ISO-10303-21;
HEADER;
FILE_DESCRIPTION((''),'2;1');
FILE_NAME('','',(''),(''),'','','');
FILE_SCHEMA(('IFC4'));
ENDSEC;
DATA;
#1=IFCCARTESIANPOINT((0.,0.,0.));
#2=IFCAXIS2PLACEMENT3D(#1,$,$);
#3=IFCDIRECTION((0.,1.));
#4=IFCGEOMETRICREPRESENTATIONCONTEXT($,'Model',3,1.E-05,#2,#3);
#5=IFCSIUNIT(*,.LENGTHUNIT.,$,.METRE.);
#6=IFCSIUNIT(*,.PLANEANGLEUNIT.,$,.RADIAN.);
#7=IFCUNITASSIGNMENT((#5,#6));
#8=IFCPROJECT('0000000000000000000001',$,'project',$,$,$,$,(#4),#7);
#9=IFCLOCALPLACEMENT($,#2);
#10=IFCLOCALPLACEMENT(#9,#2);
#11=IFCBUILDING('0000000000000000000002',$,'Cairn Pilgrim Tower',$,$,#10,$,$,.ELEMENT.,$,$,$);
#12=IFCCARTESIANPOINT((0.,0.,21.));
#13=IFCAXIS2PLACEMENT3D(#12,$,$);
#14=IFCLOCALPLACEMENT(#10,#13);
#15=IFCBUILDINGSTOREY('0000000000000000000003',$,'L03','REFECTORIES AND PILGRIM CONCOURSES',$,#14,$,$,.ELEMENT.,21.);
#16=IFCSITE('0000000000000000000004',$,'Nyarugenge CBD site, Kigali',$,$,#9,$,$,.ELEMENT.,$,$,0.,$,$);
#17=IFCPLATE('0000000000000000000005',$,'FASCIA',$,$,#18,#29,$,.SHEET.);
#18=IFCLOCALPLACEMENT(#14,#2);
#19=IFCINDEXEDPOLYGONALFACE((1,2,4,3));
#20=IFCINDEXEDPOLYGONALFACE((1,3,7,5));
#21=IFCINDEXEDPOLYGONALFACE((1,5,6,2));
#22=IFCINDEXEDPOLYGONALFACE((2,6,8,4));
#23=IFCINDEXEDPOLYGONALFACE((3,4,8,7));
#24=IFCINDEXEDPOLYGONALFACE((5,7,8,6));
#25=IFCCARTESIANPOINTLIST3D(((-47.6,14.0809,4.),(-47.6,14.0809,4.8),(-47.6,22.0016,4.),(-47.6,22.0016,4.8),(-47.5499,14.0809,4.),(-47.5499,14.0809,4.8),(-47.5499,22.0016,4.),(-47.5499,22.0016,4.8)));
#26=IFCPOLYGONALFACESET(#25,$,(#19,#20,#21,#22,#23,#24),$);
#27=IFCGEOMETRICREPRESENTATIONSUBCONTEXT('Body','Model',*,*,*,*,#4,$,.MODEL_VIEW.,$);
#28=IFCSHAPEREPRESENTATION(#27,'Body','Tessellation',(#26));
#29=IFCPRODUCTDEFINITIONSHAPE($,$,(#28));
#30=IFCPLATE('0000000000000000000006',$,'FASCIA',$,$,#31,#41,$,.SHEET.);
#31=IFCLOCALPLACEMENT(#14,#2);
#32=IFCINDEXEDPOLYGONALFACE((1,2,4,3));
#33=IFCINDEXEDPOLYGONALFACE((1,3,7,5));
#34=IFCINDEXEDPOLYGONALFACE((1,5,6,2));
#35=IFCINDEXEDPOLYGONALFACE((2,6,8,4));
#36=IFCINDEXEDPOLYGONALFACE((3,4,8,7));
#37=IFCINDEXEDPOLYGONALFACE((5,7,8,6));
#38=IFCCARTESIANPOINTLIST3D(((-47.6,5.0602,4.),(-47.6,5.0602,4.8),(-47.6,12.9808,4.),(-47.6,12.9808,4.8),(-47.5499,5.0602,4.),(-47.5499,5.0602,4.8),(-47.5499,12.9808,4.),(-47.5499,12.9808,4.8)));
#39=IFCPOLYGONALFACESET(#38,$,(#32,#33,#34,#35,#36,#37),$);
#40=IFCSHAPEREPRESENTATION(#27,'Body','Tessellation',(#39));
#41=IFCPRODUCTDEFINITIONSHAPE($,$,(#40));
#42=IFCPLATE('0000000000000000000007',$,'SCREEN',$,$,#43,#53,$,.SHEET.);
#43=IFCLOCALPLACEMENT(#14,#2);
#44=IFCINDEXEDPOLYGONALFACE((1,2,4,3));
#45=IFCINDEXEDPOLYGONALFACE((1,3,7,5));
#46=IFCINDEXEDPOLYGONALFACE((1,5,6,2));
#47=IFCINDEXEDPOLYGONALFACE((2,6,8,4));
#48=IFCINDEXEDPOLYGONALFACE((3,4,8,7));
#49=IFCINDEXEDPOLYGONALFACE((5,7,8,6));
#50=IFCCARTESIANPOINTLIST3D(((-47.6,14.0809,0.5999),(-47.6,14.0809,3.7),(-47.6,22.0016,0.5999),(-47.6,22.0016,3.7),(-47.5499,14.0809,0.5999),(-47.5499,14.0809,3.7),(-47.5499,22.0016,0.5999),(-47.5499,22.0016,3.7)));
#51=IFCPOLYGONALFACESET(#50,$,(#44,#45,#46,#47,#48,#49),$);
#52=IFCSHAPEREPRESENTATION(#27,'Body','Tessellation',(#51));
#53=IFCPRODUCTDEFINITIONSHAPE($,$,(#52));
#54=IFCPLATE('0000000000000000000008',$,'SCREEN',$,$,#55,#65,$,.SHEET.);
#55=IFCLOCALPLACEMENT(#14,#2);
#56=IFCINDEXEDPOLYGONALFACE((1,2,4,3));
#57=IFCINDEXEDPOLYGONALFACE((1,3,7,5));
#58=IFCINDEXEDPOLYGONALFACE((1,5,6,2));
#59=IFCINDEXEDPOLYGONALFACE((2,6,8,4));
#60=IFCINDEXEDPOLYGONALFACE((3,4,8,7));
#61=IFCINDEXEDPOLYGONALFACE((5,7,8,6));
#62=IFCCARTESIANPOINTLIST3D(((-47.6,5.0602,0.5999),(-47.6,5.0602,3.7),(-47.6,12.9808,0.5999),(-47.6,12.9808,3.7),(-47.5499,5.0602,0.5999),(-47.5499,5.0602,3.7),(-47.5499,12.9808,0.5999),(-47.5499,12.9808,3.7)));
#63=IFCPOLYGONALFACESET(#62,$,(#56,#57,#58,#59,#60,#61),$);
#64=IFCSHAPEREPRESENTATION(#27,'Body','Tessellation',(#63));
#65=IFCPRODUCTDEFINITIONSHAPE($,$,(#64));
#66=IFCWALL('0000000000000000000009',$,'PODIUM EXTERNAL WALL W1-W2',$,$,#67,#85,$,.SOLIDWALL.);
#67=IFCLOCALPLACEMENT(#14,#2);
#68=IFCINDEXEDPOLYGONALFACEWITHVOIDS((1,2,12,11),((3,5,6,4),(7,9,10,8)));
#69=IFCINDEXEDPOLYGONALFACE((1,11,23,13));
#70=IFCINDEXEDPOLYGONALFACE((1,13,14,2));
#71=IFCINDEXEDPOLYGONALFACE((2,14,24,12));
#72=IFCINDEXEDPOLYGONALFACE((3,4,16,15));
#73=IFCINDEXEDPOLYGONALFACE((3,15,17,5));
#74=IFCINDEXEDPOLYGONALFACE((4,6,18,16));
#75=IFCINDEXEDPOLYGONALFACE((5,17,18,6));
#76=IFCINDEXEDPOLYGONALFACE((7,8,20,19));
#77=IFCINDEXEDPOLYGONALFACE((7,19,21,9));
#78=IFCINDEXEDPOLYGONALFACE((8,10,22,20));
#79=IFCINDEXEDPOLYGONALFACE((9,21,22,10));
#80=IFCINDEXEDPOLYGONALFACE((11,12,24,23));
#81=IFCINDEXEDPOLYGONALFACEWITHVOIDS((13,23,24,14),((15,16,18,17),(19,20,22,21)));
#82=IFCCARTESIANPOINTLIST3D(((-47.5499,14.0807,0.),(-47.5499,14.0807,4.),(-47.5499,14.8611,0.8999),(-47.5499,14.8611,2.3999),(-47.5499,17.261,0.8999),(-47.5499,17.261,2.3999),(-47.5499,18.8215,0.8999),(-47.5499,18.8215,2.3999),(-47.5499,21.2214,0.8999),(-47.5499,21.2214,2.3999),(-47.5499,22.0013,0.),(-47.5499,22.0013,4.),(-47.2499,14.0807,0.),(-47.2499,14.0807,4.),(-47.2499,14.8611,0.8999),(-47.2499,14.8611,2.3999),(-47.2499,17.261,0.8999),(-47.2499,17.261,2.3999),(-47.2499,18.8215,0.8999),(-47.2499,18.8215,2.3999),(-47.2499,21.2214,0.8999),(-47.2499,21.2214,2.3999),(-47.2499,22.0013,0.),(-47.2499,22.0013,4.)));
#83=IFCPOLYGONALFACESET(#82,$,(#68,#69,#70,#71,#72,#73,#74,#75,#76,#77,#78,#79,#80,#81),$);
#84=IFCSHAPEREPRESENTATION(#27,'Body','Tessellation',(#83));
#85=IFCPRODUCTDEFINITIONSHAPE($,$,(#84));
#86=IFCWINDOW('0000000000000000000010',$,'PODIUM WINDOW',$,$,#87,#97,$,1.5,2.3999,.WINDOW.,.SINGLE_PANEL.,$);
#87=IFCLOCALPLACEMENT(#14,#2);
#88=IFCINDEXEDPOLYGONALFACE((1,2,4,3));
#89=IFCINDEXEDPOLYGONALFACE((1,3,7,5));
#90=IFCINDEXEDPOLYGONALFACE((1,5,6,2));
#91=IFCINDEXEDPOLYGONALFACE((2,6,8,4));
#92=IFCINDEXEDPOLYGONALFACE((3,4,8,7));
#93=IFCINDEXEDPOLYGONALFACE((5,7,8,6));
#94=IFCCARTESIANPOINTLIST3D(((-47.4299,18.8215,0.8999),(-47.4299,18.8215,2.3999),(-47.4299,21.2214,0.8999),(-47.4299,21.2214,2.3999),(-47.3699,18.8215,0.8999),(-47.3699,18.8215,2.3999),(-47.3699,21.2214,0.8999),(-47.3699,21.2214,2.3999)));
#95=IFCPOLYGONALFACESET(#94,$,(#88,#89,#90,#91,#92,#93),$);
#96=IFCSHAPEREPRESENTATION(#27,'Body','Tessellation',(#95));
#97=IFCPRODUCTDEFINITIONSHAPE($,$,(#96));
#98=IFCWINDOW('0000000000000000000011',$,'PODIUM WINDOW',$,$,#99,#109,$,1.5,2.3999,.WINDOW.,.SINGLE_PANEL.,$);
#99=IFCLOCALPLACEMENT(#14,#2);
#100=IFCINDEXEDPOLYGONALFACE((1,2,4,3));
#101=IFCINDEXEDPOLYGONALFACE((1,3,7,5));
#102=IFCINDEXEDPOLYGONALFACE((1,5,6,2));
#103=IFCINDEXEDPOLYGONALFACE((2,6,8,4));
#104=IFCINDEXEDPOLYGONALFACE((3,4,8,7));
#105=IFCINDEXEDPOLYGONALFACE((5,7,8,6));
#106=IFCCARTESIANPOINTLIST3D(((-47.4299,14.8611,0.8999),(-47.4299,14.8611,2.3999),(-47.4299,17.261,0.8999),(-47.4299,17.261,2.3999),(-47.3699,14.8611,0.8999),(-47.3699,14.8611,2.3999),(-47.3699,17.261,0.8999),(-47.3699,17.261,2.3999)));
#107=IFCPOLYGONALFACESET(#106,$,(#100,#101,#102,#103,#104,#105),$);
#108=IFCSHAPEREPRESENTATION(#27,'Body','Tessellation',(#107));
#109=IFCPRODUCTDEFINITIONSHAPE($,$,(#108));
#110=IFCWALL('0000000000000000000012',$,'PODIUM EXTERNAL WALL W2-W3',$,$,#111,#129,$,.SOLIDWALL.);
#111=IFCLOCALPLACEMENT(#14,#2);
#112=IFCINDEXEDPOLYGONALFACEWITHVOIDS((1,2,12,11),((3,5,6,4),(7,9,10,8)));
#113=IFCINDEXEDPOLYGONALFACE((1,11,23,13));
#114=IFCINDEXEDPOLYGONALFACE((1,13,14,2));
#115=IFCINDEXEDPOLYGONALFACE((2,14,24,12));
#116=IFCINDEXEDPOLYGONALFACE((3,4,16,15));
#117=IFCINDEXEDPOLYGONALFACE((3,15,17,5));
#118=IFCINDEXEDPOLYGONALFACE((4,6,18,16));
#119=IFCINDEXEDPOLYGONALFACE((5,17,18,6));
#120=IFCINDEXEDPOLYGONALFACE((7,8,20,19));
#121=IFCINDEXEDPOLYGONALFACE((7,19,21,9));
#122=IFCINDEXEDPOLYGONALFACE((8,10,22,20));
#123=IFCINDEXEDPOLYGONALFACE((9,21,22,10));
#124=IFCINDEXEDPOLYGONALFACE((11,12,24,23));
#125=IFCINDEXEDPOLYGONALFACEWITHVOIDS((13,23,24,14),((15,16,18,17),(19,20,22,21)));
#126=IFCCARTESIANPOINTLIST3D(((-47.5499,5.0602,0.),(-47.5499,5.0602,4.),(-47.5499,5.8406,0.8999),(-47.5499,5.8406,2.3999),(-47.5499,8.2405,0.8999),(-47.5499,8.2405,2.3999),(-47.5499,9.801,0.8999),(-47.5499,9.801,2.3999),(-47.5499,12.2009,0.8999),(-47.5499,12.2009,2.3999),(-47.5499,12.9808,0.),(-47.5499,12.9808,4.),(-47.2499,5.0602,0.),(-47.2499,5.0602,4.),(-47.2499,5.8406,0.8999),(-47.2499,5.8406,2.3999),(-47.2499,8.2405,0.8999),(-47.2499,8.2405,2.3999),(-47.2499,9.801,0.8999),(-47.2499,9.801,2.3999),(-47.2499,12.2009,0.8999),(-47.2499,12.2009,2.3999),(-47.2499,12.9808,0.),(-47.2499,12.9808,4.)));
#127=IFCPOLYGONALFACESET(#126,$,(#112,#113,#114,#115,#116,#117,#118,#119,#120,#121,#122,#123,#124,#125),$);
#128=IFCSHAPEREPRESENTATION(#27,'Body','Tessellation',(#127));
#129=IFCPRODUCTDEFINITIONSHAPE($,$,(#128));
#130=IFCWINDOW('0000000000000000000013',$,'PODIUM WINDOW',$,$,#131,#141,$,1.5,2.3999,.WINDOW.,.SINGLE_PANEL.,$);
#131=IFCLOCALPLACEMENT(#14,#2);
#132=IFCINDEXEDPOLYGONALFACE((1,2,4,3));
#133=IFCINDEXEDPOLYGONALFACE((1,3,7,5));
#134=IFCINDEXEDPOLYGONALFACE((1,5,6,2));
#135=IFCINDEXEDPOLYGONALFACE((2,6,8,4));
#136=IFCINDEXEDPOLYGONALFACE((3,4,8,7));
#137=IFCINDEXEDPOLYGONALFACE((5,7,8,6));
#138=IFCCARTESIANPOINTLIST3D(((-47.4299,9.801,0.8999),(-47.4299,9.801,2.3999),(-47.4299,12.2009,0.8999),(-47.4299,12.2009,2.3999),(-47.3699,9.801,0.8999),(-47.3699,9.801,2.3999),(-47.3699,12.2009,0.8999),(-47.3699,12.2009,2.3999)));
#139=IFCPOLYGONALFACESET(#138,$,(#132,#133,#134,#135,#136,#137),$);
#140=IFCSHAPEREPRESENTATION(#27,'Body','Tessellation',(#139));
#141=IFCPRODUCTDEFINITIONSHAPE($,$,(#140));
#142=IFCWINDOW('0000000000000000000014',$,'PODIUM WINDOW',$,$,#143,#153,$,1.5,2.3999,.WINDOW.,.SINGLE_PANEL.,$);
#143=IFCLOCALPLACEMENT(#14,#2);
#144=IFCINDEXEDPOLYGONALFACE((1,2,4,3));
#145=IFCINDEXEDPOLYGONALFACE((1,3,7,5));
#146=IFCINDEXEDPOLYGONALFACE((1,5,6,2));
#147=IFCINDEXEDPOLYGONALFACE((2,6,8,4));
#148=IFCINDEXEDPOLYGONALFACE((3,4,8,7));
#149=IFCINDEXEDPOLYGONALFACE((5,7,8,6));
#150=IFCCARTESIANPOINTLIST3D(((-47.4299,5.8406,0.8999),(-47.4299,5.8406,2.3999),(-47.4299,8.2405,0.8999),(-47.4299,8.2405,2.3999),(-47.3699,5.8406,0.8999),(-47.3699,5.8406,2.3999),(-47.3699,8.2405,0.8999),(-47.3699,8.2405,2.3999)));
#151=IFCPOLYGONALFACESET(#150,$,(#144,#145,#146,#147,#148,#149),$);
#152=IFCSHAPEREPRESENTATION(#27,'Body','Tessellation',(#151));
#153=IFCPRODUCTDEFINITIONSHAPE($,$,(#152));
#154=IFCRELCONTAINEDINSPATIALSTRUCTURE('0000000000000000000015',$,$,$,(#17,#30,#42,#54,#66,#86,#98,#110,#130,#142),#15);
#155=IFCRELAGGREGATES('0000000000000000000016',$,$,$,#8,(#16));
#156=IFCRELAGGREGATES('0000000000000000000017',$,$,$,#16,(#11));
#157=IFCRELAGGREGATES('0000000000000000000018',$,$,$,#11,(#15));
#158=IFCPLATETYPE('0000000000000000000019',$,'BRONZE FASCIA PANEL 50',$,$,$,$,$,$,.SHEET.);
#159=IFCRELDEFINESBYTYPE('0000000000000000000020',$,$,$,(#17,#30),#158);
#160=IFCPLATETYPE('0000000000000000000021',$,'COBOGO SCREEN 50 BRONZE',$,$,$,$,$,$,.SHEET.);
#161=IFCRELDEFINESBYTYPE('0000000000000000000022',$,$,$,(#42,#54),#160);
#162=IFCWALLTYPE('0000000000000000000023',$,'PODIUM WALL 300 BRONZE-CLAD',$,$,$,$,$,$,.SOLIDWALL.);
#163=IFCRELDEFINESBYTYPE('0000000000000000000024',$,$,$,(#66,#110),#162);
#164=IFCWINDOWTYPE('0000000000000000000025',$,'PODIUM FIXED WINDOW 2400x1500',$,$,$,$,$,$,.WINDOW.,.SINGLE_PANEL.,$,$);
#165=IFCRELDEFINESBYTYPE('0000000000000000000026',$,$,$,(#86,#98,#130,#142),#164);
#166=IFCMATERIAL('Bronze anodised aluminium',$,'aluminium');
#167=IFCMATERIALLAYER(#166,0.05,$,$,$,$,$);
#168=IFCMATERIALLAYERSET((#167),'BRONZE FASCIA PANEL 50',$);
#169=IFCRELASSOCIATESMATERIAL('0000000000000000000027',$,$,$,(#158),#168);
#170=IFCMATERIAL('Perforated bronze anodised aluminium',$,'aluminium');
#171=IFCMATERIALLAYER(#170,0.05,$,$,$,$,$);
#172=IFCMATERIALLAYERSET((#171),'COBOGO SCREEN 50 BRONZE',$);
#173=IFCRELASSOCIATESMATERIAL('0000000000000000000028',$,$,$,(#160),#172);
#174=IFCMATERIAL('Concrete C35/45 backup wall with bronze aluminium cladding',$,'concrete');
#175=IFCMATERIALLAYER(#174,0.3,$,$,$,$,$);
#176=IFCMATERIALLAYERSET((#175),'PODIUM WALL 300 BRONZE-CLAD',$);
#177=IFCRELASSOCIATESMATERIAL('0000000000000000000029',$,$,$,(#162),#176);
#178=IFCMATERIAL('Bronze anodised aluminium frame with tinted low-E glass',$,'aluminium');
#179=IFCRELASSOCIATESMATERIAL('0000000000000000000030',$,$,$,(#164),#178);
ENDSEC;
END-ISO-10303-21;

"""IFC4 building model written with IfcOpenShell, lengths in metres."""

from ifc_helpers import new_model, si_unit, direction, frame, frame_2d, origin, origin_2d, place, context, subcontext, project, spatial, rectangle, extrude, material, layer, layer_set, type_object, element, fill, save


model = new_model("IFC4")

# Units and contexts
model_context = context("Model", 3, precision=1e-05, world=origin(), true_north=direction((0.0, 1.0)))
body_context = subcontext(model_context, "Body", "Model", "MODEL_VIEW")
ifc_project = project(units=[si_unit("LENGTHUNIT", "METRE"), si_unit("PLANEANGLEUNIT", "RADIAN")], contexts=[model_context])

# Site, building, storey
site_placement = place(None, origin())
site = spatial("IfcSite", under=ifc_project, at=site_placement, Name="Nyarugenge CBD site, Kigali", CompositionType="ELEMENT", RefElevation=0.0)
building_placement = place(site_placement, origin())
building = spatial("IfcBuilding", under=site, at=building_placement, Name="Cairn Pilgrim Tower", CompositionType="ELEMENT")
storey_placement = place(building_placement, frame((0.0, 0.0, 21.0)))
storey = spatial("IfcBuildingStorey", under=building, at=storey_placement, Name="L03", Description="REFECTORIES AND PILGRIM CONCOURSES", CompositionType="ELEMENT", Elevation=21.0)

# Plates
ifc_material_1 = material(Name="Bronze anodised aluminium", Category="aluminium")
ifc_layer_1 = layer(ifc_material_1, 0.05)
ifc_layer_set_1 = layer_set([ifc_layer_1], Name="BRONZE FASCIA PANEL 50")
plate_type_1 = type_object("IfcPlateType", Name="BRONZE FASCIA PANEL 50", PredefinedType="SHEET", material=ifc_layer_set_1)
for number, where, z_axis, x_axis, name in (
    (1, (-47.575, 18.0413, 4.0), (0.0, 0.0, 1.0), (0.0, -1.0, 0.0), "FASCIA"),
    (2, (-47.575, 9.0205, 4.0), (0.0, 0.0, 1.0), (0.0, -1.0, 0.0), "FASCIA"),
):
    element("IfcPlate", number, at=place(storey_placement, frame(where, z_axis=z_axis, x_axis=x_axis)), inside=storey, type_object=plate_type_1, Name=name, PredefinedType="SHEET", context=body_context, shape_type="SweptSolid", body=[
        extrude(rectangle(XDim=7.9207, YDim=0.05, at=origin_2d()), origin(), (0.0, 0.0, 1.0), 0.8),
    ])
ifc_material_2 = material(Name="Perforated bronze anodised aluminium", Category="aluminium")
ifc_layer_2 = layer(ifc_material_2, 0.05)
ifc_layer_set_2 = layer_set([ifc_layer_2], Name="COBOGO SCREEN 50 BRONZE")
plate_type_2 = type_object("IfcPlateType", Name="COBOGO SCREEN 50 BRONZE", PredefinedType="SHEET", material=ifc_layer_set_2)
for number, where, z_axis, x_axis, name in (
    (3, (-47.575, 18.0413, 0.5999), (0.0, 0.0, 1.0), (0.0, -1.0, 0.0), "SCREEN"),
    (4, (-47.575, 9.0205, 0.5999), (0.0, 0.0, 1.0), (0.0, -1.0, 0.0), "SCREEN"),
):
    element("IfcPlate", number, at=place(storey_placement, frame(where, z_axis=z_axis, x_axis=x_axis)), inside=storey, type_object=plate_type_2, Name=name, PredefinedType="SHEET", context=body_context, shape_type="SweptSolid", body=[
        extrude(rectangle(XDim=7.9207, YDim=0.05, at=origin_2d()), origin(), (0.0, 0.0, 1.0), 3.1001),
    ])

# Walls, openings, windows
ifc_material_3 = material(Name="Concrete C35/45 backup wall with bronze aluminium cladding", Category="concrete")
ifc_layer_3 = layer(ifc_material_3, 0.3)
ifc_layer_set_3 = layer_set([ifc_layer_3], Name="PODIUM WALL 300 BRONZE-CLAD")
wall_type = type_object("IfcWallType", Name="PODIUM WALL 300 BRONZE-CLAD", PredefinedType="SOLIDWALL", material=ifc_layer_set_3)
wall_1_placement = place(storey_placement, frame((-47.3999, 22.0015, 0.0), z_axis=(0.0, 0.0, 1.0), x_axis=(0.0, -1.0, 0.0)))
wall_1 = element("IfcWall", 5, at=wall_1_placement, inside=storey, type_object=wall_type, Name="PODIUM EXTERNAL WALL W1-W2", PredefinedType="SOLIDWALL", context=body_context, shape_type="SweptSolid", body=[
    extrude(rectangle(XDim=7.9207, YDim=0.3, at=frame_2d((3.9604, 0.0))), origin(), (0.0, 0.0, 1.0), 4.0),
])
opening_1_placement = place(wall_1_placement, frame((0.78, 0.0, 0.8999)))
opening_1 = element("IfcOpeningElement", 6, at=opening_1_placement, cuts=wall_1, PredefinedType="OPENING", context=body_context, shape_type="SweptSolid", body=[
    extrude(rectangle(XDim=2.3999, YDim=1.5, at=frame_2d((1.2, 0.75))), frame((0.0, 0.1602, 0.0), z_axis=(0.0, -1.0, 0.0), x_axis=(1.0, 0.0, 0.0)), (0.0, 0.0, 1.0), 0.3201),
])
opening_2_placement = place(wall_1_placement, frame((4.7405, 0.0, 0.8999)))
opening_2 = element("IfcOpeningElement", 7, at=opening_2_placement, cuts=wall_1, PredefinedType="OPENING", context=body_context, shape_type="SweptSolid", body=[
    extrude(rectangle(XDim=2.3999, YDim=1.5, at=frame_2d((1.2, 0.75))), frame((0.0, 0.1602, 0.0), z_axis=(0.0, -1.0, 0.0), x_axis=(1.0, 0.0, 0.0)), (0.0, 0.0, 1.0), 0.3201),
])
ifc_material_4 = material(Name="Bronze anodised aluminium frame with tinted low-E glass", Category="aluminium")
window_type = type_object("IfcWindowType", Name="PODIUM FIXED WINDOW 2400x1500", PartitioningType="SINGLE_PANEL", PredefinedType="WINDOW", material=ifc_material_4)
window_1_placement = place(opening_1_placement, origin())
window_1 = element("IfcWindow", 8, at=window_1_placement, inside=storey, type_object=window_type, Name="PODIUM WINDOW", OverallHeight=1.5, OverallWidth=2.3999, PartitioningType="SINGLE_PANEL", PredefinedType="WINDOW", context=body_context, shape_type="SweptSolid", body=[
    extrude(rectangle(XDim=2.3999, YDim=1.5, at=frame_2d((1.2, 0.75))), frame((0.0, 0.03, 0.0), z_axis=(0.0, -1.0, 0.0), x_axis=(1.0, 0.0, 0.0)), (0.0, 0.0, 1.0), 0.0601),
])
fill(opening_1, window_1)
window_2_placement = place(opening_2_placement, origin())
window_2 = element("IfcWindow", 9, at=window_2_placement, inside=storey, type_object=window_type, Name="PODIUM WINDOW", OverallHeight=1.5, OverallWidth=2.3999, PartitioningType="SINGLE_PANEL", PredefinedType="WINDOW", context=body_context, shape_type="SweptSolid", body=[
    extrude(rectangle(XDim=2.3999, YDim=1.5, at=frame_2d((1.2, 0.75))), frame((0.0, 0.03, 0.0), z_axis=(0.0, -1.0, 0.0), x_axis=(1.0, 0.0, 0.0)), (0.0, 0.0, 1.0), 0.0601),
])
fill(opening_2, window_2)
wall_2_placement = place(storey_placement, frame((-47.3999, 12.981, 0.0), z_axis=(0.0, 0.0, 1.0), x_axis=(0.0, -1.0, 0.0)))
wall_2 = element("IfcWall", 10, at=wall_2_placement, inside=storey, type_object=wall_type, Name="PODIUM EXTERNAL WALL W2-W3", PredefinedType="SOLIDWALL", context=body_context, shape_type="SweptSolid", body=[
    extrude(rectangle(XDim=7.9207, YDim=0.3, at=frame_2d((3.9604, 0.0))), origin(), (0.0, 0.0, 1.0), 4.0),
])
opening_3_placement = place(wall_2_placement, frame((0.78, 0.0, 0.8999)))
opening_3 = element("IfcOpeningElement", 11, at=opening_3_placement, cuts=wall_2, PredefinedType="OPENING", context=body_context, shape_type="SweptSolid", body=[
    extrude(rectangle(XDim=2.3999, YDim=1.5, at=frame_2d((1.2, 0.75))), frame((0.0, 0.1602, 0.0), z_axis=(0.0, -1.0, 0.0), x_axis=(1.0, 0.0, 0.0)), (0.0, 0.0, 1.0), 0.3201),
])
opening_4_placement = place(wall_2_placement, frame((4.7405, 0.0, 0.8999)))
opening_4 = element("IfcOpeningElement", 12, at=opening_4_placement, cuts=wall_2, PredefinedType="OPENING", context=body_context, shape_type="SweptSolid", body=[
    extrude(rectangle(XDim=2.3999, YDim=1.5, at=frame_2d((1.2, 0.75))), frame((0.0, 0.1602, 0.0), z_axis=(0.0, -1.0, 0.0), x_axis=(1.0, 0.0, 0.0)), (0.0, 0.0, 1.0), 0.3201),
])
window_3_placement = place(opening_3_placement, origin())
window_3 = element("IfcWindow", 13, at=window_3_placement, inside=storey, type_object=window_type, Name="PODIUM WINDOW", OverallHeight=1.5, OverallWidth=2.3999, PartitioningType="SINGLE_PANEL", PredefinedType="WINDOW", context=body_context, shape_type="SweptSolid", body=[
    extrude(rectangle(XDim=2.3999, YDim=1.5, at=frame_2d((1.2, 0.75))), frame((0.0, 0.03, 0.0), z_axis=(0.0, -1.0, 0.0), x_axis=(1.0, 0.0, 0.0)), (0.0, 0.0, 1.0), 0.0601),
])
fill(opening_3, window_3)
window_4_placement = place(opening_4_placement, origin())
window_4 = element("IfcWindow", 14, at=window_4_placement, inside=storey, type_object=window_type, Name="PODIUM WINDOW", OverallHeight=1.5, OverallWidth=2.3999, PartitioningType="SINGLE_PANEL", PredefinedType="WINDOW", context=body_context, shape_type="SweptSolid", body=[
    extrude(rectangle(XDim=2.3999, YDim=1.5, at=frame_2d((1.2, 0.75))), frame((0.0, 0.03, 0.0), z_axis=(0.0, -1.0, 0.0), x_axis=(1.0, 0.0, 0.0)), (0.0, 0.0, 1.0), 0.0601),
])
fill(opening_4, window_4)

save(model, "model.ifc")
